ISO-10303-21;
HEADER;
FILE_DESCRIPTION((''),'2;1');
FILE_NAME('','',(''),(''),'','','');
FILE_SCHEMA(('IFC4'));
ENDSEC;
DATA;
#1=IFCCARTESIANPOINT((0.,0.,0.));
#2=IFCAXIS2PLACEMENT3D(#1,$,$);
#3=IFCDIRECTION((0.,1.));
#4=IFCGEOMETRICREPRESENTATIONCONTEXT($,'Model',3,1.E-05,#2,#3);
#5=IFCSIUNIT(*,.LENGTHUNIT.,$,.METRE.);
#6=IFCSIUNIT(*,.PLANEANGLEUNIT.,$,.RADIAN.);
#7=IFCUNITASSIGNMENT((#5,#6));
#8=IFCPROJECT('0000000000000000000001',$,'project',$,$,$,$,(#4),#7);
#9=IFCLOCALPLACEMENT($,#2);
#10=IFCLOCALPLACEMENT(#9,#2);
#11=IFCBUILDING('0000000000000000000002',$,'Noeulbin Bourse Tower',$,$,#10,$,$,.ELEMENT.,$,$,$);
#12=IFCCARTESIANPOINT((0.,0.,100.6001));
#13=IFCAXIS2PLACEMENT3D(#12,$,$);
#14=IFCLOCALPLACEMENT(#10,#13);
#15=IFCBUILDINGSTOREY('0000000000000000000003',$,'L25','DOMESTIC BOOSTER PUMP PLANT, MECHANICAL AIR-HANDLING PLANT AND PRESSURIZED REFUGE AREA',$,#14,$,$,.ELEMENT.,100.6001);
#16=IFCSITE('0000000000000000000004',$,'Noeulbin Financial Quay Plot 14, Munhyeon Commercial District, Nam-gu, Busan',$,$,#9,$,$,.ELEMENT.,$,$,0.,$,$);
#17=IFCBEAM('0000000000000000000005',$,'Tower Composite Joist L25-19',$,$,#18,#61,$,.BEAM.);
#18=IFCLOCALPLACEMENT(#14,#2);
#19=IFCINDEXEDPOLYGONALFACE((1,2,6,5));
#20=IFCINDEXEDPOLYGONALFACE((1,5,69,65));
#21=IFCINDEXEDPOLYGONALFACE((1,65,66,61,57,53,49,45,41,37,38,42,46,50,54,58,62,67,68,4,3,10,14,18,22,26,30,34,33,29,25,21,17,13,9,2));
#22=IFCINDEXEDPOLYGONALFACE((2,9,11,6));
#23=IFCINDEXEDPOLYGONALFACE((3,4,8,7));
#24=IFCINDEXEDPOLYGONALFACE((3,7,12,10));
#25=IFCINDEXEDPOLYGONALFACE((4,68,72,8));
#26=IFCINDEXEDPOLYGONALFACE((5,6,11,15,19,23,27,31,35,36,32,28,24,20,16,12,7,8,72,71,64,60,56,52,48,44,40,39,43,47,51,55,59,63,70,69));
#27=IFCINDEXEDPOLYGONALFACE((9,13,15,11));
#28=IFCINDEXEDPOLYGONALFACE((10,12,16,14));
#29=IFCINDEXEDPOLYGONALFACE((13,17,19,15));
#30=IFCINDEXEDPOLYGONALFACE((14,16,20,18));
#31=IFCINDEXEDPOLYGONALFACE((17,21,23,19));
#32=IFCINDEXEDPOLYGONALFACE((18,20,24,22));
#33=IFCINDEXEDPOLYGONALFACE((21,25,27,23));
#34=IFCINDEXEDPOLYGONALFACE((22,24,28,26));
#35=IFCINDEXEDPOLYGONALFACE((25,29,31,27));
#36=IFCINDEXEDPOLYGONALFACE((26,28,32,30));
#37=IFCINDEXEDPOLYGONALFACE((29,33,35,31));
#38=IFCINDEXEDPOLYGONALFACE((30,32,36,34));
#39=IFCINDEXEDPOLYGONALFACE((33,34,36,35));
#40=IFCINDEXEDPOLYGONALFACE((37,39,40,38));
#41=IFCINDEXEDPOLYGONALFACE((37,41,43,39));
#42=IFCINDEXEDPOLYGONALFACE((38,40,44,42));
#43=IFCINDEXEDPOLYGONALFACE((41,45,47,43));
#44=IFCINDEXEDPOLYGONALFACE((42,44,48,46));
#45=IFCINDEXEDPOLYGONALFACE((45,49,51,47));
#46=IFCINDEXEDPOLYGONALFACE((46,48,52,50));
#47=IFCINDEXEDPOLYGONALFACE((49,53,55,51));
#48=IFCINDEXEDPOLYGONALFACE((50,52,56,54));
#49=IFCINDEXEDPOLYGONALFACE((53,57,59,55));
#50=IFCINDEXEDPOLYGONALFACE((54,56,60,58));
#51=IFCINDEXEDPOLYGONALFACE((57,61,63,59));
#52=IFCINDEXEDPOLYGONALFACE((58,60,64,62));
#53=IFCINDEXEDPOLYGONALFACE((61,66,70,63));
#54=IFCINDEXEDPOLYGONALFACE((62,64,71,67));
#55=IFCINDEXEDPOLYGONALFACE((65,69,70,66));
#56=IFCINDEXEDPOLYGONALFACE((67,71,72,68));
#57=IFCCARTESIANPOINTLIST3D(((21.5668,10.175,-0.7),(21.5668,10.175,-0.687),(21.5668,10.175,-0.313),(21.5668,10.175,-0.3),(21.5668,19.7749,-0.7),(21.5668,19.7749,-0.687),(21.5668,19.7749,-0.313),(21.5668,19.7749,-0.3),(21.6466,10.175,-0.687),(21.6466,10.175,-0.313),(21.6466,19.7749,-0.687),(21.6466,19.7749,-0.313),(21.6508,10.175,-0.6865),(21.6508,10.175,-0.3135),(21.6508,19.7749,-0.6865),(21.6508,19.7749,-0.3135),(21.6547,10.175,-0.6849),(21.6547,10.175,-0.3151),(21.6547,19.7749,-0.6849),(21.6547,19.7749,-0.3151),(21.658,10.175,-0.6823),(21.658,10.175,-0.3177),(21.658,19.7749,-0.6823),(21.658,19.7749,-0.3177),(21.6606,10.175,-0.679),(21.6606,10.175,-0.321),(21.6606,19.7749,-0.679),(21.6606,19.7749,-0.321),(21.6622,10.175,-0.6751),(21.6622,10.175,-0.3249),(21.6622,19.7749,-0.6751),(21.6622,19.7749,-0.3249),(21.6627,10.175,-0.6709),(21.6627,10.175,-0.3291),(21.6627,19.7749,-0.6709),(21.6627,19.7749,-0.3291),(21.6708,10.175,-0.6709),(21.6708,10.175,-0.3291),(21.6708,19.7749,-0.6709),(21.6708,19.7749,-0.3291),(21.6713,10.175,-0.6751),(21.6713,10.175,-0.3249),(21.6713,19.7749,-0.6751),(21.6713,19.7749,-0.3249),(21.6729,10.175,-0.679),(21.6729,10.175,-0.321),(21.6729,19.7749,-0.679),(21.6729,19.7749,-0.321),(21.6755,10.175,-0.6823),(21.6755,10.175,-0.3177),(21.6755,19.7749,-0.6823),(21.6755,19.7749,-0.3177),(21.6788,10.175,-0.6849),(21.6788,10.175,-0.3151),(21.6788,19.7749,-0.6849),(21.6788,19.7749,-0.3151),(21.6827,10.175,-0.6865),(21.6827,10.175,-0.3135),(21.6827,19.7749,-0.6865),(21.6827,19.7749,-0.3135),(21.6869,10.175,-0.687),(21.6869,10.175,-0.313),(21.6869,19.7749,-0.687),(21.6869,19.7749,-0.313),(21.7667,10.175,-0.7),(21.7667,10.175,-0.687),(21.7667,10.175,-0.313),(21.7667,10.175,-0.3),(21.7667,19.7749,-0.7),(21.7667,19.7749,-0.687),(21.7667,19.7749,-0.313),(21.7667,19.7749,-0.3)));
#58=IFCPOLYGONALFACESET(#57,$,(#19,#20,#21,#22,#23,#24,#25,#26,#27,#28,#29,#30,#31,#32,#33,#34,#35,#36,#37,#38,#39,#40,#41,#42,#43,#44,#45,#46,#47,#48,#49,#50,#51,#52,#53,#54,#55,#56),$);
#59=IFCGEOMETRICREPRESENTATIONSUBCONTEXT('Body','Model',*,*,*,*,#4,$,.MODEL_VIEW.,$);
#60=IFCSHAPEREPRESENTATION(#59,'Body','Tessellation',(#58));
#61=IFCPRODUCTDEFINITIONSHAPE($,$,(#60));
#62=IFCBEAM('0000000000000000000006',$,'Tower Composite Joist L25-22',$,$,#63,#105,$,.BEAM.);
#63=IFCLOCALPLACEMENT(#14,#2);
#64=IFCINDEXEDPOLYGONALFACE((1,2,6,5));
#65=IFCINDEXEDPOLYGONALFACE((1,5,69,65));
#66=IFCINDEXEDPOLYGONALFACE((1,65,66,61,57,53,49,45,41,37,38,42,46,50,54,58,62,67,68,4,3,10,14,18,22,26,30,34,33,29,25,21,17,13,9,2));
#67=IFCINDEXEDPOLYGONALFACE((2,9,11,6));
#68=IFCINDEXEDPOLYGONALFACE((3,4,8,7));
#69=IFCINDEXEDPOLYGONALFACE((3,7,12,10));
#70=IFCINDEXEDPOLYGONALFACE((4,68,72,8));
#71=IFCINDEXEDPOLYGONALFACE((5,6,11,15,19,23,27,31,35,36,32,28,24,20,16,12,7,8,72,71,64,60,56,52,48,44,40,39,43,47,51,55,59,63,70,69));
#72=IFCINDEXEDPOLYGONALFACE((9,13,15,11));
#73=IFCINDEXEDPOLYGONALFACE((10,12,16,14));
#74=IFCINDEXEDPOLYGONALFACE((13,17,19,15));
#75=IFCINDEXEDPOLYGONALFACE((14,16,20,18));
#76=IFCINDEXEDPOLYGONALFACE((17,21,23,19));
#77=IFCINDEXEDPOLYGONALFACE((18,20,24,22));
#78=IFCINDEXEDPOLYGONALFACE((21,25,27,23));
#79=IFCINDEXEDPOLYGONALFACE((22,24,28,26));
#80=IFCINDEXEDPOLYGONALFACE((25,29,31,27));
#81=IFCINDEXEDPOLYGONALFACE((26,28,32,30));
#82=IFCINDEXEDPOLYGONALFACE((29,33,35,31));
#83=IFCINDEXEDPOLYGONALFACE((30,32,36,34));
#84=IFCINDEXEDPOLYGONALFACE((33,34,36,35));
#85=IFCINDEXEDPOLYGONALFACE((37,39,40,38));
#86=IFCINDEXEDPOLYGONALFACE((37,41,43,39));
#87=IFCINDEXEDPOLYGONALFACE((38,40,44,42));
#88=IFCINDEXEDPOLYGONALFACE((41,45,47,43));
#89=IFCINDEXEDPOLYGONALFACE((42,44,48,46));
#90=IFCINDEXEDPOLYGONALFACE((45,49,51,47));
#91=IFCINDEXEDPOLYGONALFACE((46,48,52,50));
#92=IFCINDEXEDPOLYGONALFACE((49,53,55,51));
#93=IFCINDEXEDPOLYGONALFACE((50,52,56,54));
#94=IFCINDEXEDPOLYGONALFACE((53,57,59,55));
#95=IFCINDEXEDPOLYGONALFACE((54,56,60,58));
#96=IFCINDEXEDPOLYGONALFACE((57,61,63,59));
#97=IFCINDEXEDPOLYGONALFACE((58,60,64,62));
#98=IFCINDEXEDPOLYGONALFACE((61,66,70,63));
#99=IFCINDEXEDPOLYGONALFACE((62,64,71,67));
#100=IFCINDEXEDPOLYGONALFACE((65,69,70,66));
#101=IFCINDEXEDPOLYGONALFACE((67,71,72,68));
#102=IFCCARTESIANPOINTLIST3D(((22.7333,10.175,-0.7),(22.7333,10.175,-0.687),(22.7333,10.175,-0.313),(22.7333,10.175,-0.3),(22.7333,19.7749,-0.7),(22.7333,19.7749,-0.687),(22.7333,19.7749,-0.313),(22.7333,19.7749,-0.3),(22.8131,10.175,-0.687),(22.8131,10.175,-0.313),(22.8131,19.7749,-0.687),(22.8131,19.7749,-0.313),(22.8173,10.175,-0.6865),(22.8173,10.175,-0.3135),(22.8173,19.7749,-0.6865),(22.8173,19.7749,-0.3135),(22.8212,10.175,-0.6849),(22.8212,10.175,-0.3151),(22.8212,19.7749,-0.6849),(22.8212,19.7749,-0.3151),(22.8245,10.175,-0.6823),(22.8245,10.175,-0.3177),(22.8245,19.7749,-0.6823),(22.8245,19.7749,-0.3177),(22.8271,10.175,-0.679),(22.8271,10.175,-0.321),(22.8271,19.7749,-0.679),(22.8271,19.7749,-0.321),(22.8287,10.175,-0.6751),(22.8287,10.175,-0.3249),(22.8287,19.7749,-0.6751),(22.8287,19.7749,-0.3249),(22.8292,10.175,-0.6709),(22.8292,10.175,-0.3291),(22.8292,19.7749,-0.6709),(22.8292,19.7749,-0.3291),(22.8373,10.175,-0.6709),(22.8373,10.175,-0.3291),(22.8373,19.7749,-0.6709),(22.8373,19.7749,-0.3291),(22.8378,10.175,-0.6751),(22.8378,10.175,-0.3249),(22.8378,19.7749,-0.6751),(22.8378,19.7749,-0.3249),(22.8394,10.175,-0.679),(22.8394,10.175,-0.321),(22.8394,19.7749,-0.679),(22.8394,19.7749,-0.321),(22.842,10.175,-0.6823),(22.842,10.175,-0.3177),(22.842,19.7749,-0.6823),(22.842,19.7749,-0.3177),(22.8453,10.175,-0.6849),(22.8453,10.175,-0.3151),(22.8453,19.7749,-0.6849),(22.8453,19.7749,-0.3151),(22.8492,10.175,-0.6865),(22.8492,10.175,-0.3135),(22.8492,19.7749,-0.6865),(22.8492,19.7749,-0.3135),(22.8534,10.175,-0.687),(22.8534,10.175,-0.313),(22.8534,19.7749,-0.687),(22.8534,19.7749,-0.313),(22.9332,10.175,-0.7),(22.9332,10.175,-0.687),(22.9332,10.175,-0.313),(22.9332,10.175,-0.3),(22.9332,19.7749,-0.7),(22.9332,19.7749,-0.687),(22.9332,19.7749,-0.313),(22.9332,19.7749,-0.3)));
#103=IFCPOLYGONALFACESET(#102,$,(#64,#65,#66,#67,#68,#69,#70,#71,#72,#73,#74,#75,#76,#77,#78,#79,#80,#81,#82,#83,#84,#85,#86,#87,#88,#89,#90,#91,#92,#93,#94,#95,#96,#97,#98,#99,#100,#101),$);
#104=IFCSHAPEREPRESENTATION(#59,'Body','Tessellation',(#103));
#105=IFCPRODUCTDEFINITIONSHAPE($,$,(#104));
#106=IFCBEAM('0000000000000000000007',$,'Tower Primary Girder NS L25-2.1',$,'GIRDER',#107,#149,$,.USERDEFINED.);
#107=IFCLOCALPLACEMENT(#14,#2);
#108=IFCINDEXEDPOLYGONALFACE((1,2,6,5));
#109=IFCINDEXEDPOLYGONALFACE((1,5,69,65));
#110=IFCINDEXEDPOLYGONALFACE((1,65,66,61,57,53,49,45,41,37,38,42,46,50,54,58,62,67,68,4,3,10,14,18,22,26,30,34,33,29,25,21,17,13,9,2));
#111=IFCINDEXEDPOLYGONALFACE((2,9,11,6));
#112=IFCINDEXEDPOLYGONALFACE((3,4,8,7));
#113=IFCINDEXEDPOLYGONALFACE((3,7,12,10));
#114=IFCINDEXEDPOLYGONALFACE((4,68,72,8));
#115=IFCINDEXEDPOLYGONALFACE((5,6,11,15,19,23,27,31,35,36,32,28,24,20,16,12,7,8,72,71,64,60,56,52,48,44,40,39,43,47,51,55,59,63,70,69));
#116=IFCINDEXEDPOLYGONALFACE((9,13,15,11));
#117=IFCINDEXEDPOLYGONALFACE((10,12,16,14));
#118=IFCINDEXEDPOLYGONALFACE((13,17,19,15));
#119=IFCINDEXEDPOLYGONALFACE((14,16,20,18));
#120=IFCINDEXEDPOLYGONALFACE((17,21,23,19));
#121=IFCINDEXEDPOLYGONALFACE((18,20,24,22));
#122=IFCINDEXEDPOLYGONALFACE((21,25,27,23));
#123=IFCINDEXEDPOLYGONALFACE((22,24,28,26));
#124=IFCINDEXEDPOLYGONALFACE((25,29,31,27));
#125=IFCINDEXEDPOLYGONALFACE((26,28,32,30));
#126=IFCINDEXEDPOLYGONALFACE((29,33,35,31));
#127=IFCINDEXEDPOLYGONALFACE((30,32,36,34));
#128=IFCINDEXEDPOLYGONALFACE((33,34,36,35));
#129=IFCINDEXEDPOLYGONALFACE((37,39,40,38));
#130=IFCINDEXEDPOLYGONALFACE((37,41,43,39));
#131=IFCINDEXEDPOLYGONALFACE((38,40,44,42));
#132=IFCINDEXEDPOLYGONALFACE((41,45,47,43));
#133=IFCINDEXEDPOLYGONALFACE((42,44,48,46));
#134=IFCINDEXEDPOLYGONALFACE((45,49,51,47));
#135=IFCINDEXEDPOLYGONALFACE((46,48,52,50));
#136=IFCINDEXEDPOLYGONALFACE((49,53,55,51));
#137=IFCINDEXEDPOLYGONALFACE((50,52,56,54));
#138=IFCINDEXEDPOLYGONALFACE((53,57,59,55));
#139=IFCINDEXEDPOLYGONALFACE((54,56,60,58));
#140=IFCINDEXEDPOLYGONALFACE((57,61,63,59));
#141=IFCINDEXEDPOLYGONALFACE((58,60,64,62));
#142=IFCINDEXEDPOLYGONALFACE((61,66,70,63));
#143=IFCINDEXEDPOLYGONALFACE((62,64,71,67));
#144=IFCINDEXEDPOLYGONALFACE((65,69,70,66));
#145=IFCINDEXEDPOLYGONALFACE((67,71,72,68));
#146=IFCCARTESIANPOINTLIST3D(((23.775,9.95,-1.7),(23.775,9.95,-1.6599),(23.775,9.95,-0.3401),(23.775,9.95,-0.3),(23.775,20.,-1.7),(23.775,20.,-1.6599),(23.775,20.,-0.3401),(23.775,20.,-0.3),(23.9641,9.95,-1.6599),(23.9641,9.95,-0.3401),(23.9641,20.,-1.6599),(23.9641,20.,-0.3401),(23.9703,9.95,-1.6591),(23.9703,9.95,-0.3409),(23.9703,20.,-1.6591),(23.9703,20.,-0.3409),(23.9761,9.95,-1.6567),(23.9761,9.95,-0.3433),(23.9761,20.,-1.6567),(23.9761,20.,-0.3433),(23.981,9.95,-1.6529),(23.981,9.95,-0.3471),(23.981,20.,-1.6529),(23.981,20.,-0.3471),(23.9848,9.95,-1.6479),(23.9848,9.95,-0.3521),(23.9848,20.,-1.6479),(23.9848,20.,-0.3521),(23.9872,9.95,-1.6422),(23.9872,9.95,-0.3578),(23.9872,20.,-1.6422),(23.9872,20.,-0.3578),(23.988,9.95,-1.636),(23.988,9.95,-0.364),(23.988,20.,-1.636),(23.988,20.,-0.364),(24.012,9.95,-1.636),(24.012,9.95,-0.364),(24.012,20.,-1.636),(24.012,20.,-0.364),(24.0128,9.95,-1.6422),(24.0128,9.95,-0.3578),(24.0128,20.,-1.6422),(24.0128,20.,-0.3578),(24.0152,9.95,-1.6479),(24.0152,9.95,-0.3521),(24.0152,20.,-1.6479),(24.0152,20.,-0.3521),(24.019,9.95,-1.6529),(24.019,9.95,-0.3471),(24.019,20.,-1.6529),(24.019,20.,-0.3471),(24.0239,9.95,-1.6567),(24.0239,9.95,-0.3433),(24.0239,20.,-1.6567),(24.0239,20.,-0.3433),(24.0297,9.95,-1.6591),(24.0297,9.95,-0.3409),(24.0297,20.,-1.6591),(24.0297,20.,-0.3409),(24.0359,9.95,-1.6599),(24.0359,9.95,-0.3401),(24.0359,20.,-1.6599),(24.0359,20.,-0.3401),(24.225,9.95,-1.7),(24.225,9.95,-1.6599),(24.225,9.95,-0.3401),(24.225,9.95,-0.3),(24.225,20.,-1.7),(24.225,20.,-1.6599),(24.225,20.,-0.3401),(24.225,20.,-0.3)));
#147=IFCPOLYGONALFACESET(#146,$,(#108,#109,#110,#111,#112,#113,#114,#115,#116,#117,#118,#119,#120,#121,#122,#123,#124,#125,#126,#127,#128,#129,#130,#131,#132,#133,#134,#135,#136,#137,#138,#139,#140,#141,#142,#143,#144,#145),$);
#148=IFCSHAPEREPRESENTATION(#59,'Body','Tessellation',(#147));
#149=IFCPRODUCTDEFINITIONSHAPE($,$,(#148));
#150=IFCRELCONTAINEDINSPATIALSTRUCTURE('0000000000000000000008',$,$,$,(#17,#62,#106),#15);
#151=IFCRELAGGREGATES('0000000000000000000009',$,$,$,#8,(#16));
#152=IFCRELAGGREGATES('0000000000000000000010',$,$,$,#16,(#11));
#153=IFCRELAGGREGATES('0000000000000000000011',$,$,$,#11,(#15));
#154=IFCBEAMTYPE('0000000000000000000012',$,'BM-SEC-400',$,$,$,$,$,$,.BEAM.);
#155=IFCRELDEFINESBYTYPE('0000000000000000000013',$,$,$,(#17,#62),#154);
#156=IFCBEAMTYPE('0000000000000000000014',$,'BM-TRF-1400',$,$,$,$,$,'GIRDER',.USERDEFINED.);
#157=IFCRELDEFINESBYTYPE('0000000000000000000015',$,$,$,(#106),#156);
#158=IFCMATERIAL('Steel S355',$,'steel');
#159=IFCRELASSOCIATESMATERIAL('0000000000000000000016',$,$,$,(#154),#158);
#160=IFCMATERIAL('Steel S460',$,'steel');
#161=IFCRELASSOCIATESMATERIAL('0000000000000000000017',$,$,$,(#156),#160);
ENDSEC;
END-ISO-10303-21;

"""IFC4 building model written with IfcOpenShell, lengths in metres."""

from ifc_helpers import new_model, si_unit, direction, frame, origin, origin_2d, place, context, subcontext, project, spatial, i_section, extrude, material, material_profile, profile_set, type_object, element, save


model = new_model("IFC4")

# Units and contexts
model_context = context("Model", 3, precision=1e-05, world=origin(), true_north=direction((0.0, 1.0)))
body_context = subcontext(model_context, "Body", "Model", "MODEL_VIEW")
ifc_project = project(units=[si_unit("LENGTHUNIT", "METRE"), si_unit("PLANEANGLEUNIT", "RADIAN")], contexts=[model_context])

# Site, building, storey
site_placement = place(None, origin())
site = spatial("IfcSite", under=ifc_project, at=site_placement, Name="Noeulbin Financial Quay Plot 14, Munhyeon Commercial District, Nam-gu, Busan", CompositionType="ELEMENT", RefElevation=0.0)
building_placement = place(site_placement, origin())
building = spatial("IfcBuilding", under=site, at=building_placement, Name="Noeulbin Bourse Tower", CompositionType="ELEMENT")
storey_placement = place(building_placement, frame((0.0, 0.0, 100.6001)))
storey = spatial("IfcBuildingStorey", under=building, at=storey_placement, Name="L25", Description="DOMESTIC BOOSTER PUMP PLANT, MECHANICAL AIR-HANDLING PLANT AND PRESSURIZED REFUGE AREA", CompositionType="ELEMENT", Elevation=100.6001)

# Shared definitions
ifc_material_1 = material(Name="Steel S460", Category="steel")

# Beams
ifc_material_2 = material(Name="Steel S355", Category="steel")
ifc_material_profile_1 = material_profile(ifc_material_2, i_section(OverallWidth=0.2, OverallDepth=0.3999, WebThickness=0.0081, FlangeThickness=0.0129, FilletRadius=0.0161, at=origin_2d()), Name="H-400x200x8x13", Category="LoadBearing")
ifc_profile_set_1 = profile_set([ifc_material_profile_1], Name="Steel S355")
beam_type_1 = type_object("IfcBeamType", Name="BM-SEC-400", PredefinedType="BEAM", material=ifc_profile_set_1)
for number, where, z_axis, x_axis, name in (
    (1, (21.6667, 10.175, -0.5), (0.0, 1.0, 0.0), (-1.0, 0.0, 0.0), "Tower Composite Joist L25-19"),
    (2, (22.8333, 10.175, -0.5), (0.0, 1.0, 0.0), (-1.0, 0.0, 0.0), "Tower Composite Joist L25-22"),
):
    element("IfcBeam", number, at=place(storey_placement, frame(where, z_axis=z_axis, x_axis=x_axis)), inside=storey, type_object=beam_type_1, Name=name, PredefinedType="BEAM", context=body_context, shape_type="SweptSolid", body=[
        extrude(i_section(OverallWidth=0.2, OverallDepth=0.3999, WebThickness=0.0081, FlangeThickness=0.0129, FilletRadius=0.0161, at=origin_2d()), origin(), (0.0, 0.0, 1.0), 9.5999),
    ])
ifc_material_profile_2 = material_profile(ifc_material_1, i_section(OverallWidth=0.45, OverallDepth=1.3999, WebThickness=0.0239, FlangeThickness=0.04, FilletRadius=0.0239, at=origin_2d()), Name="PG-1400x450x24x40", Category="LoadBearing")
ifc_profile_set_2 = profile_set([ifc_material_profile_2], Name="Steel S460")
beam_type_2 = type_object("IfcBeamType", Name="BM-TRF-1400", ElementType="GIRDER", PredefinedType="USERDEFINED", material=ifc_profile_set_2)
beam_placement = place(storey_placement, frame((24.0, 9.95, -1.0), z_axis=(0.0, 1.0, 0.0), x_axis=(-1.0, 0.0, 0.0)))
element("IfcBeam", 3, at=beam_placement, inside=storey, type_object=beam_type_2, Name="Tower Primary Girder NS L25-2.1", ObjectType="GIRDER", PredefinedType="USERDEFINED", context=body_context, shape_type="SweptSolid", body=[
    extrude(i_section(OverallWidth=0.45, OverallDepth=1.3999, WebThickness=0.0239, FlangeThickness=0.04, FilletRadius=0.0239, at=origin_2d()), origin(), (0.0, 0.0, 1.0), 10.05),
])

save(model, "model.ifc")
